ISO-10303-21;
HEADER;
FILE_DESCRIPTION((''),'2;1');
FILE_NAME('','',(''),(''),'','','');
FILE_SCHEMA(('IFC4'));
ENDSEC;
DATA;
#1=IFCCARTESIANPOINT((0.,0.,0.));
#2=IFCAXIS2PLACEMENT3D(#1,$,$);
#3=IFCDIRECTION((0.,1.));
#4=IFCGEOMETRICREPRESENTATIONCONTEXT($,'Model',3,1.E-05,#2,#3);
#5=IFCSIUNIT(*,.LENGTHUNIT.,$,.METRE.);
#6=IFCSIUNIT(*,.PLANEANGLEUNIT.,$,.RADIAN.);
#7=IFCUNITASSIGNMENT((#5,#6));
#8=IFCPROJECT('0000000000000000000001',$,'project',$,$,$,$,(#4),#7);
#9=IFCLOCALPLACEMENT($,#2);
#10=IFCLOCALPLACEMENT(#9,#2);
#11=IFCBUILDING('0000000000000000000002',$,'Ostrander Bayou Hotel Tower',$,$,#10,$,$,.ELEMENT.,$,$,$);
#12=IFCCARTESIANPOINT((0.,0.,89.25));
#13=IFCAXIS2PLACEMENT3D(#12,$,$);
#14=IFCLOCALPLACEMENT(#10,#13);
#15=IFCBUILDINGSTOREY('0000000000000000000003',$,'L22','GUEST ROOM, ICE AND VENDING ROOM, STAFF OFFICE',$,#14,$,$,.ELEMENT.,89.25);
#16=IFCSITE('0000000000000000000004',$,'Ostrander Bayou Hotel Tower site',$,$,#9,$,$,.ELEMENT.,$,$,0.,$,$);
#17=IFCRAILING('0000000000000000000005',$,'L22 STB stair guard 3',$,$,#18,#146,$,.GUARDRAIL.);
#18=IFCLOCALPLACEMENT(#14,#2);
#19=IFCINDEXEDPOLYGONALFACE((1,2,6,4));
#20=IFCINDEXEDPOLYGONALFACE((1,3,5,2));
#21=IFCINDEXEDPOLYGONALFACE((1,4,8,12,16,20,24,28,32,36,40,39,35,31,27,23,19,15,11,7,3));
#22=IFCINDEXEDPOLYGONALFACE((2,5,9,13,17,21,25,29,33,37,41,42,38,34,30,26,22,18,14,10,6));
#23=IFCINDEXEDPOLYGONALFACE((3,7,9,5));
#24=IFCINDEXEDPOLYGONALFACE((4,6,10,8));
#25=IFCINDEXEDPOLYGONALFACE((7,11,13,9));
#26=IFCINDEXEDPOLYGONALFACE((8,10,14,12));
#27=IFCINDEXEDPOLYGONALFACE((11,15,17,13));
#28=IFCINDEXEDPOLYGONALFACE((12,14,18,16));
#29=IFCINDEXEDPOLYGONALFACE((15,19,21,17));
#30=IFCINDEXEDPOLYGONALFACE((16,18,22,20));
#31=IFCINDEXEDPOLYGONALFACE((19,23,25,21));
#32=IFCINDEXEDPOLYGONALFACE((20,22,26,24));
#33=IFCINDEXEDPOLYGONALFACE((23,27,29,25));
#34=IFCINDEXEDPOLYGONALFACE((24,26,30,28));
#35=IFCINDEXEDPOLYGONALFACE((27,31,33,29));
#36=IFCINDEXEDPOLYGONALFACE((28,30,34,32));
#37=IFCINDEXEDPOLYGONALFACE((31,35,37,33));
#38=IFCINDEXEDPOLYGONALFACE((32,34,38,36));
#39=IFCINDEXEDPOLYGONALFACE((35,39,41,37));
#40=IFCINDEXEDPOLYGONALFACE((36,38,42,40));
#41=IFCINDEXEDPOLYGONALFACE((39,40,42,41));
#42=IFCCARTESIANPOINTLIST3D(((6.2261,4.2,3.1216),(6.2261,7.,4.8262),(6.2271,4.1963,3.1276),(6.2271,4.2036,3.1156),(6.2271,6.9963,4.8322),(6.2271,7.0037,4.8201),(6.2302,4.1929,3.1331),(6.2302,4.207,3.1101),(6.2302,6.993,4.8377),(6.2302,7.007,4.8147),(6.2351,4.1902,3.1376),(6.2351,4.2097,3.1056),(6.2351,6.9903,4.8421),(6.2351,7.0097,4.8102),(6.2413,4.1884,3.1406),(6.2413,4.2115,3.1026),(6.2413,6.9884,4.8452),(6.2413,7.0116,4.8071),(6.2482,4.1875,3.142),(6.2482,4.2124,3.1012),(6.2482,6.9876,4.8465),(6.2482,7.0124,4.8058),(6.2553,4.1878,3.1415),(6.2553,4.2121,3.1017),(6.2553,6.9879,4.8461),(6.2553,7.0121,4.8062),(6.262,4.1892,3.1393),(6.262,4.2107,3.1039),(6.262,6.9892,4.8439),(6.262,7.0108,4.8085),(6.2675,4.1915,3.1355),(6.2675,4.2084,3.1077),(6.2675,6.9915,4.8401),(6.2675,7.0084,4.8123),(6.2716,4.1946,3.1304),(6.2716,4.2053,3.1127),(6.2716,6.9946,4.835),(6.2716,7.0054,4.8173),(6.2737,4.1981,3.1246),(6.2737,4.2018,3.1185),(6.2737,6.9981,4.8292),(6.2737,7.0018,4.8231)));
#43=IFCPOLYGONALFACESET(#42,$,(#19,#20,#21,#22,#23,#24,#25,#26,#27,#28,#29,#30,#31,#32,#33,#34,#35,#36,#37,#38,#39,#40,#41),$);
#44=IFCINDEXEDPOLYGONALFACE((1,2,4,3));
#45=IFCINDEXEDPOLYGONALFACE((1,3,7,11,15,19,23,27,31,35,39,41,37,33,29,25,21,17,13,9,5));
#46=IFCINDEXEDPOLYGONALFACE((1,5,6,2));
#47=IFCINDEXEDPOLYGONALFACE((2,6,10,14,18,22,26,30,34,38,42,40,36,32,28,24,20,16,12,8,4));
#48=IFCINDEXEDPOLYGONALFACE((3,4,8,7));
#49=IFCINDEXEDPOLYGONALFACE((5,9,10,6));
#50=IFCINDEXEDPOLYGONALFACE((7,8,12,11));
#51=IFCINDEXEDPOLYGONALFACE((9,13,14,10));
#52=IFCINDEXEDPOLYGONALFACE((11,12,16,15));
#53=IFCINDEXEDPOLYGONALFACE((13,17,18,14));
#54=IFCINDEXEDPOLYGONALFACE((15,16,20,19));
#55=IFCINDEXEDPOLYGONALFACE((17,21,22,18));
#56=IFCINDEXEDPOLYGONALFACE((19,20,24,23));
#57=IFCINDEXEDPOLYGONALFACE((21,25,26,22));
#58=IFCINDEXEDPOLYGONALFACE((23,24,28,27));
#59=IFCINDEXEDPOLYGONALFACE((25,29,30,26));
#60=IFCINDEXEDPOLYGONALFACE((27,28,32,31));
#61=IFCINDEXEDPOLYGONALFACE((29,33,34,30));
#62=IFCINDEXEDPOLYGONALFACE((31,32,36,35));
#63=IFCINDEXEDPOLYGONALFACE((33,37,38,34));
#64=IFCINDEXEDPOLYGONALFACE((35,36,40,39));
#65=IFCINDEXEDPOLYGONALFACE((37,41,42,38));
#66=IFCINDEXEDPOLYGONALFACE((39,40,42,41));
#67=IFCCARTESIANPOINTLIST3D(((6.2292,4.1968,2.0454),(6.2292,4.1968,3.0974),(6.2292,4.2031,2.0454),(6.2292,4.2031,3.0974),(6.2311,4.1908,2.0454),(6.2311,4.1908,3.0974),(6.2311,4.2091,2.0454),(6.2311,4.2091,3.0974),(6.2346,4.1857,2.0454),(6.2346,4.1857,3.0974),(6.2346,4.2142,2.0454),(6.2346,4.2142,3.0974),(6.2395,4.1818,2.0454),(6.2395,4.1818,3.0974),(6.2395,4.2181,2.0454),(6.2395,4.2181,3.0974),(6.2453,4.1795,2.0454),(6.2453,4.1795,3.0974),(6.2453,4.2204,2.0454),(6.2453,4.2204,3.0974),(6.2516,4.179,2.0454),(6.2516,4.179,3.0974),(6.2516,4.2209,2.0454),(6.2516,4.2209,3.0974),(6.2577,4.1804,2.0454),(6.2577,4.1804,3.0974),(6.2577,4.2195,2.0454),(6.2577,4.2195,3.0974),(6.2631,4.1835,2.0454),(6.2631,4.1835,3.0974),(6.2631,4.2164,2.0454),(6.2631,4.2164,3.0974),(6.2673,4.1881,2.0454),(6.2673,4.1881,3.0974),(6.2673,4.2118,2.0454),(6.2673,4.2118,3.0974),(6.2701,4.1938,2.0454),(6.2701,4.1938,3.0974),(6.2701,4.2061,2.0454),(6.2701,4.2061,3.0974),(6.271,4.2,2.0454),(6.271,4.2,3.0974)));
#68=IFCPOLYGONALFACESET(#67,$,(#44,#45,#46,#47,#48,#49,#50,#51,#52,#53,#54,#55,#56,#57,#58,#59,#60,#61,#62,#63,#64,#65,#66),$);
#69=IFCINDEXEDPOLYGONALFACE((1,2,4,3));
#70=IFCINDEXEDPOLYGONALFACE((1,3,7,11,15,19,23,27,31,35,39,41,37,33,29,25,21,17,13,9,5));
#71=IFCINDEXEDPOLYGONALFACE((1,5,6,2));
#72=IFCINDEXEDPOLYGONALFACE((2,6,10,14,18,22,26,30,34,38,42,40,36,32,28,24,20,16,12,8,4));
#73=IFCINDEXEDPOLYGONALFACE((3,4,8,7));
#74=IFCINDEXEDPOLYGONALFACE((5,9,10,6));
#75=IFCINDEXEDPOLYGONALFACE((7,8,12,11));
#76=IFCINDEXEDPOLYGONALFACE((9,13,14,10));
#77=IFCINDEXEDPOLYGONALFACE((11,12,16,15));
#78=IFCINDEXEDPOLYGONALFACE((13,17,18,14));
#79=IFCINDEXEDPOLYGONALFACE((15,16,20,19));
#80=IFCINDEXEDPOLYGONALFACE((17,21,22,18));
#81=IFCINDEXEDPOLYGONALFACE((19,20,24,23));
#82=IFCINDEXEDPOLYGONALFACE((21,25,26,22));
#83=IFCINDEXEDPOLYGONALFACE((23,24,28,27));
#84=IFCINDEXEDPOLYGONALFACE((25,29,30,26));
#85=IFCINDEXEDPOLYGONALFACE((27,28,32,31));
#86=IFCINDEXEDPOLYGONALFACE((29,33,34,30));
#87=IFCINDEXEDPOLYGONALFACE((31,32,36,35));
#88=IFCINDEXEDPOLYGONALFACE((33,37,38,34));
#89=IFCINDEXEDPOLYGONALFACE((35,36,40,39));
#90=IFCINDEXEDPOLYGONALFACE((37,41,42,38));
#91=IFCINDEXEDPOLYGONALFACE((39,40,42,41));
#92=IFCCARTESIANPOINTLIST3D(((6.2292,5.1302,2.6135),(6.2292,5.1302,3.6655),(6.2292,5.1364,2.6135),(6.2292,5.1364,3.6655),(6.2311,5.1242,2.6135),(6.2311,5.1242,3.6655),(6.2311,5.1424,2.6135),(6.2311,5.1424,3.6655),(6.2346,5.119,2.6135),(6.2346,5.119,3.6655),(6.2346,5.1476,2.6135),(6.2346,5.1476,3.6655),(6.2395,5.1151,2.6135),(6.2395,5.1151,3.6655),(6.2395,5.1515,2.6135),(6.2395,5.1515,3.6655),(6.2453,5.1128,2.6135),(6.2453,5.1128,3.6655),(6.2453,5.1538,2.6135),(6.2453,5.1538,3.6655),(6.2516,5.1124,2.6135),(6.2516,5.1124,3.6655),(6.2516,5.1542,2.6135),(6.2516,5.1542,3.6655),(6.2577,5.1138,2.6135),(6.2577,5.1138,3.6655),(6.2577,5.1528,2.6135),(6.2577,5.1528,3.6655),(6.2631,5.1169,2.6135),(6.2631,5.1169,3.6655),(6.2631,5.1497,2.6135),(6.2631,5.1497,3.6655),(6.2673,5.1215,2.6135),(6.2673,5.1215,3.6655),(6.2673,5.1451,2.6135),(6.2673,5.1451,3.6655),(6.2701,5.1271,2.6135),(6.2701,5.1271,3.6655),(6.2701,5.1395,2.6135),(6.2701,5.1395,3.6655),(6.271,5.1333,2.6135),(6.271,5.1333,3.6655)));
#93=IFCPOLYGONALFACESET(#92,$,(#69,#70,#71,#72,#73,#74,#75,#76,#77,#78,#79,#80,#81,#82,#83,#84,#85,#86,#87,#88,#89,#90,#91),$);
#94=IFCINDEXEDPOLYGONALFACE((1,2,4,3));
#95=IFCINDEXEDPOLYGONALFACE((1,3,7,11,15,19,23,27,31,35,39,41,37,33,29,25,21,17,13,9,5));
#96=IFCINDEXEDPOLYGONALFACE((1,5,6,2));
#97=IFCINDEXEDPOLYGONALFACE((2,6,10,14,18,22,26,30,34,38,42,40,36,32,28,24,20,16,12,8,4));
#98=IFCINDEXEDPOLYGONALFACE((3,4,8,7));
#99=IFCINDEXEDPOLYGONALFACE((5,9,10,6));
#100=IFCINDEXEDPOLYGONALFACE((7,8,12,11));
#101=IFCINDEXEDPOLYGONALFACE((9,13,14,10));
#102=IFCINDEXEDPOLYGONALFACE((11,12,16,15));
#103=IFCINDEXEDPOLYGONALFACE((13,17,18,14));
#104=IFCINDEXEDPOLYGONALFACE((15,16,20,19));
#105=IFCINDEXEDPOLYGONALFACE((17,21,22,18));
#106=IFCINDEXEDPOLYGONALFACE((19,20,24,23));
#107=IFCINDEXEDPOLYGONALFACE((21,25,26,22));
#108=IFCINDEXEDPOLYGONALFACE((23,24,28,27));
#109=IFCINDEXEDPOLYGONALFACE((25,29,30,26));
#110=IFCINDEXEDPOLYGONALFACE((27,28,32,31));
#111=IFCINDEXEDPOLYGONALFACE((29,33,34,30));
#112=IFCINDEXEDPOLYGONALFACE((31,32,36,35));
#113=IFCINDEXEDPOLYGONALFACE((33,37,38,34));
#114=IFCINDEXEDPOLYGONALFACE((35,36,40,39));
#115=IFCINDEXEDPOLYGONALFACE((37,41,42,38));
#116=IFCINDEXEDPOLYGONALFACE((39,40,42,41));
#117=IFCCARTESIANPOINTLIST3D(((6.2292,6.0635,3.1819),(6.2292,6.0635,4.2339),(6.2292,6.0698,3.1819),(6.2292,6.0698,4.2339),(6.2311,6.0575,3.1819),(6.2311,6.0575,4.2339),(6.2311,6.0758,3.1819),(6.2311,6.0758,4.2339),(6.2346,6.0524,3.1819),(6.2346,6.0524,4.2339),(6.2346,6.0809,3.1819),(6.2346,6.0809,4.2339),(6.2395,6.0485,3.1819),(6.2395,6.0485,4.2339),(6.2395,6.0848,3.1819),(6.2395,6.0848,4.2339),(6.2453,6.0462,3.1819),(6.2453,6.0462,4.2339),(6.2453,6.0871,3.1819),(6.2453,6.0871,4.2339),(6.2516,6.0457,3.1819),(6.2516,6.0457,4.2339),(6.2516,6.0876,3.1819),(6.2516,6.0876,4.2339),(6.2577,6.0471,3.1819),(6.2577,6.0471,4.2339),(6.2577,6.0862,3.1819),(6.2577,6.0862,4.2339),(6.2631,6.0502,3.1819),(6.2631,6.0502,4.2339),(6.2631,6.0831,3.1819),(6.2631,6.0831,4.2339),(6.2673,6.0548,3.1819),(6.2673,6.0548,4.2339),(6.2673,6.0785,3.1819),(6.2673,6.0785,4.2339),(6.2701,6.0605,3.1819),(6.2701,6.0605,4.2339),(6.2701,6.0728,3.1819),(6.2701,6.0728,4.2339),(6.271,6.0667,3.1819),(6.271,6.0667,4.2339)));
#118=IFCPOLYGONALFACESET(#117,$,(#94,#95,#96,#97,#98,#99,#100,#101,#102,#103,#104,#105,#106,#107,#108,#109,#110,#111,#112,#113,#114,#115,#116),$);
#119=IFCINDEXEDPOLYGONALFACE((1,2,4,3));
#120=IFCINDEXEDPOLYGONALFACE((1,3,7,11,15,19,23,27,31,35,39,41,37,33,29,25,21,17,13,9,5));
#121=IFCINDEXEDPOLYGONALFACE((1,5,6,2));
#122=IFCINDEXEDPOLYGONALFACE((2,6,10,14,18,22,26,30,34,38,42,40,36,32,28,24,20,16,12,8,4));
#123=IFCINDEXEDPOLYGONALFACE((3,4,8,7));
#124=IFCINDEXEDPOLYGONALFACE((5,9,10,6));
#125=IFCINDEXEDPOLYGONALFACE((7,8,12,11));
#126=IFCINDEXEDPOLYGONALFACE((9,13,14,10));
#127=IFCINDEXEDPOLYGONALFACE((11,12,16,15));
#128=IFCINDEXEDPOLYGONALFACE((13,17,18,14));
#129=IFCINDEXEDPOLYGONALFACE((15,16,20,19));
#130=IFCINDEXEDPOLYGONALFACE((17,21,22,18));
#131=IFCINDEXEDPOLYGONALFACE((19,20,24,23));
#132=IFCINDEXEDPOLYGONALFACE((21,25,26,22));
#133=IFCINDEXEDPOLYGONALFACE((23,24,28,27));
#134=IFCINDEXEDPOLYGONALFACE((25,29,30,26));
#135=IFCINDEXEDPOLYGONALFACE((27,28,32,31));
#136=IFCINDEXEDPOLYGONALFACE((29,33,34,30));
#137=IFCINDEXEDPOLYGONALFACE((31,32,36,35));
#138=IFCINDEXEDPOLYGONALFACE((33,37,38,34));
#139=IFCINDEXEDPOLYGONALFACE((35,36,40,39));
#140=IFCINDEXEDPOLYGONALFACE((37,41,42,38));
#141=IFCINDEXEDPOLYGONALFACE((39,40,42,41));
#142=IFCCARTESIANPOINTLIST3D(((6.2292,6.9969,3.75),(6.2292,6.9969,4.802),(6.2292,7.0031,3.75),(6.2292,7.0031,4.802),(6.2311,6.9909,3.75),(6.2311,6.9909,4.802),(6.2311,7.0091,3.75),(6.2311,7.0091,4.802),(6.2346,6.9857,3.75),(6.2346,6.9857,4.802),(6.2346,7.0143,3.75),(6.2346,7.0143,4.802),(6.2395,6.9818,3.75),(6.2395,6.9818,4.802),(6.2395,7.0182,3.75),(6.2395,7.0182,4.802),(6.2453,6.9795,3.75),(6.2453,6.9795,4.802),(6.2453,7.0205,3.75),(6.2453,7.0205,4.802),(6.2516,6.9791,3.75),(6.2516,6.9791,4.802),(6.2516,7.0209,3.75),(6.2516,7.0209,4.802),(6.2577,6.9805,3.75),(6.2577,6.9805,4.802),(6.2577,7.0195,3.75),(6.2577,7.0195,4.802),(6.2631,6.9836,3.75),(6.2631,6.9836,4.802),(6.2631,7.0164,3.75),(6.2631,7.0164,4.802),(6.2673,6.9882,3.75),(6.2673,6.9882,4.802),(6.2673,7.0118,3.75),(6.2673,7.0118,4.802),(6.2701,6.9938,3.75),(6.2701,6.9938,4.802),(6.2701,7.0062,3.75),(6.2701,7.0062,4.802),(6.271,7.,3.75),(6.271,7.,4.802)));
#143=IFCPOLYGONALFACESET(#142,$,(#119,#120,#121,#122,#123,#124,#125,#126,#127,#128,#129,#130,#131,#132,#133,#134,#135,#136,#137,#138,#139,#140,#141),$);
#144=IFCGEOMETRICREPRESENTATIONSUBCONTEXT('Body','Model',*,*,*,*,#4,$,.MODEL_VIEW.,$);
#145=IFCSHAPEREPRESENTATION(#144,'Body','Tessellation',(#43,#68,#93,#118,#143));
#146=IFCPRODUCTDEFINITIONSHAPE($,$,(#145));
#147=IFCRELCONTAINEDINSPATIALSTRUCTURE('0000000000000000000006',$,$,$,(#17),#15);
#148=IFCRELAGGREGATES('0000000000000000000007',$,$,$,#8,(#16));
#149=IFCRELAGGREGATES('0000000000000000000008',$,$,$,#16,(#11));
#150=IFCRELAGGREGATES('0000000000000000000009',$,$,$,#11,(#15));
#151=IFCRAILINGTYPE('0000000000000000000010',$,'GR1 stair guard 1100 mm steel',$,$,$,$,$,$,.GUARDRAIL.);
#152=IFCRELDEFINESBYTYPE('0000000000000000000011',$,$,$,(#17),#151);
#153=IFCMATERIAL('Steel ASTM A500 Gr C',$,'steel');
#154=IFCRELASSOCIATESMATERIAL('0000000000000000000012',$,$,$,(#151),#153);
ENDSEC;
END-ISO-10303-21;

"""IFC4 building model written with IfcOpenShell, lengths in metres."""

from ifc_helpers import new_model, si_unit, direction, frame, origin, origin_2d, place, context, subcontext, project, spatial, circle, extrude, material, type_object, element, save


model = new_model("IFC4")

# Units and contexts
model_context = context("Model", 3, precision=1e-05, world=origin(), true_north=direction((0.0, 1.0)))
body_context = subcontext(model_context, "Body", "Model", "MODEL_VIEW")
ifc_project = project(units=[si_unit("LENGTHUNIT", "METRE"), si_unit("PLANEANGLEUNIT", "RADIAN")], contexts=[model_context])

# Site, building, storey
site_placement = place(None, origin())
site = spatial("IfcSite", under=ifc_project, at=site_placement, Name="Ostrander Bayou Hotel Tower site", CompositionType="ELEMENT", RefElevation=0.0)
building_placement = place(site_placement, origin())
building = spatial("IfcBuilding", under=site, at=building_placement, Name="Ostrander Bayou Hotel Tower", CompositionType="ELEMENT")
storey_placement = place(building_placement, frame((0.0, 0.0, 89.25)))
storey = spatial("IfcBuildingStorey", under=building, at=storey_placement, Name="L22", Description="GUEST ROOM, ICE AND VENDING ROOM, STAFF OFFICE", CompositionType="ELEMENT", Elevation=89.25)

# Railing
ifc_material_1 = material(Name="Steel ASTM A500 Gr C", Category="steel")
railing_type_1 = type_object("IfcRailingType", Name="GR1 stair guard 1100 mm steel", PredefinedType="GUARDRAIL", material=ifc_material_1)
railing_1_placement = place(storey_placement, frame((6.25, 4.2, 2.0454)))
element("IfcRailing", 1, at=railing_1_placement, inside=storey, type_object=railing_type_1, Name="L22 STB stair guard 3", PredefinedType="GUARDRAIL", context=body_context, shape_type="SweptSolid", body=[
    extrude(circle(Radius=0.0239, at=origin_2d()), frame((0.0, 0.0, 1.0762), z_axis=(0.0, 0.85417, 0.519994), x_axis=(-1.0, 0.0, 0.0)), (0.0, 0.0, 1.0), 3.2781),
    extrude(circle(Radius=0.021, at=origin_2d()), origin(), (0.0, 0.0, 1.0), 1.052),
    extrude(circle(Radius=0.021, at=origin_2d()), frame((0.0, 0.9333, 0.5681)), (0.0, 0.0, 1.0), 1.052),
    extrude(circle(Radius=0.021, at=origin_2d()), frame((0.0, 1.8667, 1.1365)), (0.0, 0.0, 1.0), 1.052),
    extrude(circle(Radius=0.021, at=origin_2d()), frame((0.0, 2.8, 1.7046)), (0.0, 0.0, 1.0), 1.052),
])

save(model, "model.ifc")
